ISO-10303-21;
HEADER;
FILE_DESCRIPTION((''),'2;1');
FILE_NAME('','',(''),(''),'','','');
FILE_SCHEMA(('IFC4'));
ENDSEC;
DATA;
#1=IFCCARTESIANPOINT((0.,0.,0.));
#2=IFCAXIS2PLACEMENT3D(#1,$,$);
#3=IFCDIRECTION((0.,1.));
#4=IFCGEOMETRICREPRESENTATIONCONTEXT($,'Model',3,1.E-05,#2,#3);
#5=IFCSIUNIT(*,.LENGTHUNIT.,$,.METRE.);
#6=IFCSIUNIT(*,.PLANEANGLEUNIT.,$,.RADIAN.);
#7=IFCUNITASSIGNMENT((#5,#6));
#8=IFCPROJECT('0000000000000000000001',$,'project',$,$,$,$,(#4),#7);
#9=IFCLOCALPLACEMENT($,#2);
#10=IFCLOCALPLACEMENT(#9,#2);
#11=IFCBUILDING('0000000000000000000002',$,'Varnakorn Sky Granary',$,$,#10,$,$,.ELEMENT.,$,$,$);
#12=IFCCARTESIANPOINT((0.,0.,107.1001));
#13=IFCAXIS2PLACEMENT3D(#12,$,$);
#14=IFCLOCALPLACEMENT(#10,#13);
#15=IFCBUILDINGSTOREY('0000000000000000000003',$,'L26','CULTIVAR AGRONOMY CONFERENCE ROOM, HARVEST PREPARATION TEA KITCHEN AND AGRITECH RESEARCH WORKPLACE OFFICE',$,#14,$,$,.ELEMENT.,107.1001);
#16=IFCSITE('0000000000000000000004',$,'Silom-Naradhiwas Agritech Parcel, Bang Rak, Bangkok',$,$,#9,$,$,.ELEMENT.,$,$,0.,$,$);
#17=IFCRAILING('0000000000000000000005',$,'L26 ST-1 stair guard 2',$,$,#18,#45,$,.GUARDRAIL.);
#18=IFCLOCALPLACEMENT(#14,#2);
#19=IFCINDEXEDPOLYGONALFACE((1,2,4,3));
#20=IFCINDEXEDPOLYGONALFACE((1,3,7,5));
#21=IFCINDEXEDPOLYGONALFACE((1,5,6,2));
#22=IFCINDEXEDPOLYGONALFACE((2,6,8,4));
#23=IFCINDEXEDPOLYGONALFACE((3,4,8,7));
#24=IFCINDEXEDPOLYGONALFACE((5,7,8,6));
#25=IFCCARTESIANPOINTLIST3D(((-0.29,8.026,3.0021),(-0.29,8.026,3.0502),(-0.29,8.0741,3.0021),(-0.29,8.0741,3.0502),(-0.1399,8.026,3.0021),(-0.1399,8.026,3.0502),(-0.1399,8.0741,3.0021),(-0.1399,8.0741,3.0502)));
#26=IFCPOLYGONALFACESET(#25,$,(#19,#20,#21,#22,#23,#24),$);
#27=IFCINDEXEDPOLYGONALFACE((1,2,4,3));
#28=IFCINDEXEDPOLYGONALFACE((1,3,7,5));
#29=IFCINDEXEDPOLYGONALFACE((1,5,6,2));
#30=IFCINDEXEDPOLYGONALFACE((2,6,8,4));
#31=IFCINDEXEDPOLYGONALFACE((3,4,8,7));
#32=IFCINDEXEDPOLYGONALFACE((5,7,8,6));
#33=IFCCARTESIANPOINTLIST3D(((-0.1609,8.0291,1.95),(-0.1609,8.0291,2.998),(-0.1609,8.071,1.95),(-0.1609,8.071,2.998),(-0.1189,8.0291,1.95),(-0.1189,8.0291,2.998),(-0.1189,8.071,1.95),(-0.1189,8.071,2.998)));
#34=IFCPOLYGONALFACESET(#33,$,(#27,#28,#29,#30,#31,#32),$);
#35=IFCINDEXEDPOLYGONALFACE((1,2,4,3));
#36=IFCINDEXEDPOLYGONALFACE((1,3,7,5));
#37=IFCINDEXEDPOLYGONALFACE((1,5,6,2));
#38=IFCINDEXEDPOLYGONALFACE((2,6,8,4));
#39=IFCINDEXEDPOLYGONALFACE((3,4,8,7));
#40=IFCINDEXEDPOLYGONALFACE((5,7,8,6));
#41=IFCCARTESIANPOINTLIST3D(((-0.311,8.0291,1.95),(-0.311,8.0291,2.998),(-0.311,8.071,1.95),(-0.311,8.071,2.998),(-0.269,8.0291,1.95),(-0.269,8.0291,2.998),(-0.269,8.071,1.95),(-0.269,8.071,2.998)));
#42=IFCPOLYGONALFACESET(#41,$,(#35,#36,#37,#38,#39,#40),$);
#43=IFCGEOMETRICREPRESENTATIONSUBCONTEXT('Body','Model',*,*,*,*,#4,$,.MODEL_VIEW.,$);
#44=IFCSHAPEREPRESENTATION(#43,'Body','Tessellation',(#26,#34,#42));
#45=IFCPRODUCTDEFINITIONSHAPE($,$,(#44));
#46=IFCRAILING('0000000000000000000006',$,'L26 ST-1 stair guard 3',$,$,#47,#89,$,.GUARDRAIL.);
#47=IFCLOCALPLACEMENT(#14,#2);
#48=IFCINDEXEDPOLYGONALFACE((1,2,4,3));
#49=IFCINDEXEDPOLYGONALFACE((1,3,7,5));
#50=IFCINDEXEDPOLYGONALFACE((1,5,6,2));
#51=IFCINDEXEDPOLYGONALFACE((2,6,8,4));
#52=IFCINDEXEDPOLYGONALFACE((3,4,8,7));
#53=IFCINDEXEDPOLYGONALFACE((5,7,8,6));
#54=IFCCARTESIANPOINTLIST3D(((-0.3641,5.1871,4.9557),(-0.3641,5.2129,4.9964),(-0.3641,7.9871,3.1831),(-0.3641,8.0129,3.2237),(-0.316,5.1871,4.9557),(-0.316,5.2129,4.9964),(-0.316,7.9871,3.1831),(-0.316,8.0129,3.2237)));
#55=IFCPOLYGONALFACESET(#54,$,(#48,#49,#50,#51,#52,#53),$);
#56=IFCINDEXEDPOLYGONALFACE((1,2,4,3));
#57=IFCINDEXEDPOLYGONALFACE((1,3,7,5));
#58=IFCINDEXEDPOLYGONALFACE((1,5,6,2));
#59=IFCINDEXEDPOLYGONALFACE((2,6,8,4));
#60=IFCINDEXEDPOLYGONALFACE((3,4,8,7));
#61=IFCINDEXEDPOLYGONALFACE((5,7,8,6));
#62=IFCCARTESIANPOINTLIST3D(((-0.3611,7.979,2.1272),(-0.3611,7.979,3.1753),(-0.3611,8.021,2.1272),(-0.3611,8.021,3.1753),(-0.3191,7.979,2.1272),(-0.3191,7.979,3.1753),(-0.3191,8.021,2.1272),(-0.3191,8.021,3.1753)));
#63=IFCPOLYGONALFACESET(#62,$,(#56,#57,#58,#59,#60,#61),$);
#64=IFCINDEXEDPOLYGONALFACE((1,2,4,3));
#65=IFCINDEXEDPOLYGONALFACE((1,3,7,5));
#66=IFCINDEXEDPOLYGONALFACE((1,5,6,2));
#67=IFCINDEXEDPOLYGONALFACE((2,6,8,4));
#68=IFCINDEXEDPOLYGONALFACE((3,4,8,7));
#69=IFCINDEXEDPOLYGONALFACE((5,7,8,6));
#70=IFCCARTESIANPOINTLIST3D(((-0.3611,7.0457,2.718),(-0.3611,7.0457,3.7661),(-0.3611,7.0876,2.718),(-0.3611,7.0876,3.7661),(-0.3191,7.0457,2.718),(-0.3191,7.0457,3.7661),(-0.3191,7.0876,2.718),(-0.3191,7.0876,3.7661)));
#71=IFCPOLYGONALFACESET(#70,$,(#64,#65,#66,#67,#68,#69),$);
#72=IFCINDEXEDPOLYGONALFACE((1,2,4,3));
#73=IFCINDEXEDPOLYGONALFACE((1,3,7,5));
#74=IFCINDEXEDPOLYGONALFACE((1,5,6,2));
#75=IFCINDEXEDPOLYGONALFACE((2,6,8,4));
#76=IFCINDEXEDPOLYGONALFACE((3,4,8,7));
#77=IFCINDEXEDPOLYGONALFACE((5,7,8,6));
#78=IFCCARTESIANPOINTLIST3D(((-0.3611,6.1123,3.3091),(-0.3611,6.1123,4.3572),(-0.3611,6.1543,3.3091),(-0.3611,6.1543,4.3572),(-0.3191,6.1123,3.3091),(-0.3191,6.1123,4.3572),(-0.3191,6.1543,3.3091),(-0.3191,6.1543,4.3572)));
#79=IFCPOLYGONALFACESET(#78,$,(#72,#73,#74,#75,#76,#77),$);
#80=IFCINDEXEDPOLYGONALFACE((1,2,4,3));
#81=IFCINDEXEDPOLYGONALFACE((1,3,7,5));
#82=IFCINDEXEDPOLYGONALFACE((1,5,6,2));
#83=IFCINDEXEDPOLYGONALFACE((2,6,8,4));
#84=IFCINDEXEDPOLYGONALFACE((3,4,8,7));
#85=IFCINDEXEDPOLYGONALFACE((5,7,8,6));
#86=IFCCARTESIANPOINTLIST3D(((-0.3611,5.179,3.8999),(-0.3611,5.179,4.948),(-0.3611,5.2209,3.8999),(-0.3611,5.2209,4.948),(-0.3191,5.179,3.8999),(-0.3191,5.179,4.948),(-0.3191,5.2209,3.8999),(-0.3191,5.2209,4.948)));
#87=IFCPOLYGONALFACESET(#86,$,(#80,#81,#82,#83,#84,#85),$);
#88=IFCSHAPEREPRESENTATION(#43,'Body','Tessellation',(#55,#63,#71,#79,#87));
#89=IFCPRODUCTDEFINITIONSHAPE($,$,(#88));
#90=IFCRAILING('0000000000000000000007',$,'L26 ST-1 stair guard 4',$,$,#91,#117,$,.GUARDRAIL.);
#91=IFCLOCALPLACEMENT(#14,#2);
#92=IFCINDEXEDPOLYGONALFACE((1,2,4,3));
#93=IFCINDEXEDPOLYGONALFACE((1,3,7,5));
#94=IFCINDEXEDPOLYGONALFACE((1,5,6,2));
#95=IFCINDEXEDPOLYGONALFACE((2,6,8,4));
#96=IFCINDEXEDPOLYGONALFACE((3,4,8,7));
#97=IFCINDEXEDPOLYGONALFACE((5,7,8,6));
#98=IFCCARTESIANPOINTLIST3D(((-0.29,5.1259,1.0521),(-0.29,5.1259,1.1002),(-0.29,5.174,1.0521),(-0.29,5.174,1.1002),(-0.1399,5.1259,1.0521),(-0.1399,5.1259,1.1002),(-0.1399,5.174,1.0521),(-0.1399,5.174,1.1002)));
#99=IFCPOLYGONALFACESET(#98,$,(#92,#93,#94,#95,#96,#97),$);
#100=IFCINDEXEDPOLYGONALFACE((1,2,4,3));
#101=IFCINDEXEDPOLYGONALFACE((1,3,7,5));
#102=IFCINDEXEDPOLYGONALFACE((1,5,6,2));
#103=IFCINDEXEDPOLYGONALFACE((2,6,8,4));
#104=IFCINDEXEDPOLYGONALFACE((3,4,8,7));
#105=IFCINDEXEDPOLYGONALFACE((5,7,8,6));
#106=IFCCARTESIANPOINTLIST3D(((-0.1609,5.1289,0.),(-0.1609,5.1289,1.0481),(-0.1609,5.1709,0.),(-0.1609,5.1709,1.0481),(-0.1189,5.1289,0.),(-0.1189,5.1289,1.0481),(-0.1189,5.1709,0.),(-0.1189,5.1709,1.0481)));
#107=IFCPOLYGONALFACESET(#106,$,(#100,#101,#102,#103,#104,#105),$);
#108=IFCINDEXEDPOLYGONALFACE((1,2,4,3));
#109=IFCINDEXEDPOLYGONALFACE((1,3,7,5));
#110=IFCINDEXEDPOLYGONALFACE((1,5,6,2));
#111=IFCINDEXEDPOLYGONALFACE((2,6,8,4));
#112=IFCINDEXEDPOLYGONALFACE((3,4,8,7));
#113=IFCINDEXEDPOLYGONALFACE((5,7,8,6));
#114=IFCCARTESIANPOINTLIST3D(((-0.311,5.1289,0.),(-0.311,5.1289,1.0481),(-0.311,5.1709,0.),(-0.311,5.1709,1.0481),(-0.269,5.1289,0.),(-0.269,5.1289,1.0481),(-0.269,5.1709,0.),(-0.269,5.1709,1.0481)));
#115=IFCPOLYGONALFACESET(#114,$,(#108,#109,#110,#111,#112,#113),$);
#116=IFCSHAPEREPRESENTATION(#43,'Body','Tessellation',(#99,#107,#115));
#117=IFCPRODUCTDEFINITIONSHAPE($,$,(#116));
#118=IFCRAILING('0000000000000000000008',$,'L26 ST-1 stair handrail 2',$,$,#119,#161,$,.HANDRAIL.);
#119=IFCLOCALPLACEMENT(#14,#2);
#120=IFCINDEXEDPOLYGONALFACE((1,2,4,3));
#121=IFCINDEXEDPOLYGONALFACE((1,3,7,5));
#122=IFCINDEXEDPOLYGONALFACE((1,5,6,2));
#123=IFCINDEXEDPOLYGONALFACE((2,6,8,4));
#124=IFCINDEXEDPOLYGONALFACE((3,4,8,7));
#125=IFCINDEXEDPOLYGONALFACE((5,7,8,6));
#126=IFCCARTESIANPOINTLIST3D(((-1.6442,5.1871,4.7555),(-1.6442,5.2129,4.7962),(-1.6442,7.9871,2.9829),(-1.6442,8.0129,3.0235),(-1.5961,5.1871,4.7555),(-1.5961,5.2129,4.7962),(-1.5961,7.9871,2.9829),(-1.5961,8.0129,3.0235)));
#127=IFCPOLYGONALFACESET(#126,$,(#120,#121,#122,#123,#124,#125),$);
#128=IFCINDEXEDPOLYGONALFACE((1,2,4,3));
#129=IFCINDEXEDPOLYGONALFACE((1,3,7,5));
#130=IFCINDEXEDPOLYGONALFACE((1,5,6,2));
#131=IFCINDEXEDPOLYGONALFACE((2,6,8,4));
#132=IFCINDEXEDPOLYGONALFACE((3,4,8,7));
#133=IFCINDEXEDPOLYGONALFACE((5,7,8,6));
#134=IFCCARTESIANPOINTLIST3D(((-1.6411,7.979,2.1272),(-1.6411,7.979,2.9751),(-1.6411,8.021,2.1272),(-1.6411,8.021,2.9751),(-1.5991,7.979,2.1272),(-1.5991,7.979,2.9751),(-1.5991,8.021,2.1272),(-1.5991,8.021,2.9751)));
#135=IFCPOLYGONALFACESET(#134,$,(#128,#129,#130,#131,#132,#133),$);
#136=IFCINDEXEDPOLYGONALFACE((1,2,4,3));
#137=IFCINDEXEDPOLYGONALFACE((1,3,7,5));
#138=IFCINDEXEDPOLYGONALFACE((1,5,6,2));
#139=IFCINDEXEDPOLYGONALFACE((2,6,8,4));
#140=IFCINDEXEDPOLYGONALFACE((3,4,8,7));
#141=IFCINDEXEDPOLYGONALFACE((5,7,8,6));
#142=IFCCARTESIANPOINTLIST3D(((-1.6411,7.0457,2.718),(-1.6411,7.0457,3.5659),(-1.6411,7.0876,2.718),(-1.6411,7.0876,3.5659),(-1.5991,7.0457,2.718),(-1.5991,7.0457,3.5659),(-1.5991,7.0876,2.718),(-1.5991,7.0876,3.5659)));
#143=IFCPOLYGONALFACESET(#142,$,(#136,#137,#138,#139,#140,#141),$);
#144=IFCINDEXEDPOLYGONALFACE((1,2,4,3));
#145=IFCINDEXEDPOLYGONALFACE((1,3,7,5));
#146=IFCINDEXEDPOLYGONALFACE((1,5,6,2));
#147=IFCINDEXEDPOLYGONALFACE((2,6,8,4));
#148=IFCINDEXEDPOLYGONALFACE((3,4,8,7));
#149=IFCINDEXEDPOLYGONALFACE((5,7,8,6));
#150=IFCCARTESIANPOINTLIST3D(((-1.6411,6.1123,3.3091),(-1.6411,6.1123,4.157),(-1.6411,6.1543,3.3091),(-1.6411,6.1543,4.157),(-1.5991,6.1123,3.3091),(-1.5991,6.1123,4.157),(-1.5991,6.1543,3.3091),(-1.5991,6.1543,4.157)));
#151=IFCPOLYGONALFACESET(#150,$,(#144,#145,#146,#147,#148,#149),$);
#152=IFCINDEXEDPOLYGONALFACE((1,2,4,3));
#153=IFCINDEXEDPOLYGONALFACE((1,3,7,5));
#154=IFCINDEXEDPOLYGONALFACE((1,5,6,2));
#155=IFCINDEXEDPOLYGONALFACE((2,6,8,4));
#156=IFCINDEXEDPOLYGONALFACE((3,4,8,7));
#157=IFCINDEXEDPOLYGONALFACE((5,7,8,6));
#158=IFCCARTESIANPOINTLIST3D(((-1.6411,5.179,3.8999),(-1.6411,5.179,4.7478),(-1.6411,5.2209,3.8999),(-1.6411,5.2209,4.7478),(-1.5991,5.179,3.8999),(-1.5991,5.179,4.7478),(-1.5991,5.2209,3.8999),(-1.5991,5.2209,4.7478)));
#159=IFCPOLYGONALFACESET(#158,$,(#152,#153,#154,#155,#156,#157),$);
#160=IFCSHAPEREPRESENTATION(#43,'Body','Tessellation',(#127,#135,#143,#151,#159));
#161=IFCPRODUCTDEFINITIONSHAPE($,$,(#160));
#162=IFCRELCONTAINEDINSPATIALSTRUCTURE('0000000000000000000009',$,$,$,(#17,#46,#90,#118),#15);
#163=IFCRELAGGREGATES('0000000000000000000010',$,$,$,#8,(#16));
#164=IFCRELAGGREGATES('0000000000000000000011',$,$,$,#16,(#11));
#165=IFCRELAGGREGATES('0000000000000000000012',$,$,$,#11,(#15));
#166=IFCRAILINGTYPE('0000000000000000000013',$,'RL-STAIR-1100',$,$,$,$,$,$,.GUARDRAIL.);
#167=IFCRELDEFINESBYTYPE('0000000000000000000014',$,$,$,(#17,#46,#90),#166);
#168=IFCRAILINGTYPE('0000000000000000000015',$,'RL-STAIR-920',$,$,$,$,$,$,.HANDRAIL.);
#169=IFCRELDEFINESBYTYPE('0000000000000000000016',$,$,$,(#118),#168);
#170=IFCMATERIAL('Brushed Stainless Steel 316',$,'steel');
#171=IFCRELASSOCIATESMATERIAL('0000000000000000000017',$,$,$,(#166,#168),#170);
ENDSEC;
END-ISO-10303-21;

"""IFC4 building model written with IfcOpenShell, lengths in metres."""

from ifc_helpers import new_model, si_unit, direction, frame, origin, origin_2d, place, context, subcontext, project, spatial, rectangle, extrude, material, type_object, element, save


model = new_model("IFC4")

# Units and contexts
model_context = context("Model", 3, precision=1e-05, world=origin(), true_north=direction((0.0, 1.0)))
body_context = subcontext(model_context, "Body", "Model", "MODEL_VIEW")
ifc_project = project(units=[si_unit("LENGTHUNIT", "METRE"), si_unit("PLANEANGLEUNIT", "RADIAN")], contexts=[model_context])

# Site, building, storey
site_placement = place(None, origin())
site = spatial("IfcSite", under=ifc_project, at=site_placement, Name="Silom-Naradhiwas Agritech Parcel, Bang Rak, Bangkok", CompositionType="ELEMENT", RefElevation=0.0)
building_placement = place(site_placement, origin())
building = spatial("IfcBuilding", under=site, at=building_placement, Name="Varnakorn Sky Granary", CompositionType="ELEMENT")
storey_placement = place(building_placement, frame((0.0, 0.0, 107.1001)))
storey = spatial("IfcBuildingStorey", under=building, at=storey_placement, Name="L26", Description="CULTIVAR AGRONOMY CONFERENCE ROOM, HARVEST PREPARATION TEA KITCHEN AND AGRITECH RESEARCH WORKPLACE OFFICE", CompositionType="ELEMENT", Elevation=107.1001)

# Railings
ifc_material_1 = material(Name="Brushed Stainless Steel 316", Category="steel")
railing_type_1 = type_object("IfcRailingType", Name="RL-STAIR-1100", PredefinedType="GUARDRAIL", material=ifc_material_1)
railing_1_placement = place(storey_placement, frame((-0.1399, 8.05, 1.95)))
element("IfcRailing", 1, at=railing_1_placement, inside=storey, type_object=railing_type_1, Name="L26 ST-1 stair guard 2", PredefinedType="GUARDRAIL", context=body_context, shape_type="SweptSolid", body=[
    extrude(rectangle(XDim=0.0481, YDim=0.0481, at=origin_2d()), frame((0.0, 0.0, 1.0762), z_axis=(-1.0, 0.0, 0.0), x_axis=(0.0, -1.0, 0.0)), (0.0, 0.0, 1.0), 0.1501),
    extrude(rectangle(XDim=0.042, YDim=0.042, at=origin_2d()), origin(), (0.0, 0.0, 1.0), 1.0481),
    extrude(rectangle(XDim=0.042, YDim=0.042, at=origin_2d()), frame((-0.1501, 0.0, 0.0)), (0.0, 0.0, 1.0), 1.0481),
])
railing_2_placement = place(storey_placement, frame((-0.3401, 8.0, 2.1272)))
element("IfcRailing", 2, at=railing_2_placement, inside=storey, type_object=railing_type_1, Name="L26 ST-1 stair guard 3", PredefinedType="GUARDRAIL", context=body_context, shape_type="SweptSolid", body=[
    extrude(rectangle(XDim=0.0481, YDim=0.0481, at=origin_2d()), frame((0.0, 0.0, 1.0762), z_axis=(0.0, -0.844909, 0.53491), x_axis=(1.0, 0.0, 0.0)), (0.0, 0.0, 1.0), 3.314),
    extrude(rectangle(XDim=0.042, YDim=0.042, at=origin_2d()), origin(), (0.0, 0.0, 1.0), 1.0481),
    extrude(rectangle(XDim=0.042, YDim=0.042, at=origin_2d()), frame((0.0, -0.9333, 0.5908)), (0.0, 0.0, 1.0), 1.0481),
    extrude(rectangle(XDim=0.042, YDim=0.042, at=origin_2d()), frame((0.0, -1.8667, 1.1819)), (0.0, 0.0, 1.0), 1.0481),
    extrude(rectangle(XDim=0.042, YDim=0.042, at=origin_2d()), frame((0.0, -2.8, 1.7727)), (0.0, 0.0, 1.0), 1.0481),
])
railing_3_placement = place(storey_placement, frame((-0.1399, 5.1499, 0.0)))
element("IfcRailing", 3, at=railing_3_placement, inside=storey, type_object=railing_type_1, Name="L26 ST-1 stair guard 4", PredefinedType="GUARDRAIL", context=body_context, shape_type="SweptSolid", body=[
    extrude(rectangle(XDim=0.0481, YDim=0.0481, at=origin_2d()), frame((0.0, 0.0, 1.0762), z_axis=(-1.0, 0.0, 0.0), x_axis=(0.0, -1.0, 0.0)), (0.0, 0.0, 1.0), 0.1501),
    extrude(rectangle(XDim=0.042, YDim=0.042, at=origin_2d()), origin(), (0.0, 0.0, 1.0), 1.0481),
    extrude(rectangle(XDim=0.042, YDim=0.042, at=origin_2d()), frame((-0.1501, 0.0, 0.0)), (0.0, 0.0, 1.0), 1.0481),
])
railing_type_2 = type_object("IfcRailingType", Name="RL-STAIR-920", PredefinedType="HANDRAIL", material=ifc_material_1)
railing_4_placement = place(storey_placement, frame((-1.6201, 8.0, 2.1272)))
element("IfcRailing", 4, at=railing_4_placement, inside=storey, type_object=railing_type_2, Name="L26 ST-1 stair handrail 2", PredefinedType="HANDRAIL", context=body_context, shape_type="SweptSolid", body=[
    extrude(rectangle(XDim=0.0481, YDim=0.0481, at=origin_2d()), frame((0.0, 0.0, 0.876), z_axis=(0.0, -0.844909, 0.53491), x_axis=(1.0, 0.0, 0.0)), (0.0, 0.0, 1.0), 3.314),
    extrude(rectangle(XDim=0.042, YDim=0.042, at=origin_2d()), origin(), (0.0, 0.0, 1.0), 0.8479),
    extrude(rectangle(XDim=0.042, YDim=0.042, at=origin_2d()), frame((0.0, -0.9333, 0.5908)), (0.0, 0.0, 1.0), 0.8479),
    extrude(rectangle(XDim=0.042, YDim=0.042, at=origin_2d()), frame((0.0, -1.8667, 1.1819)), (0.0, 0.0, 1.0), 0.8479),
    extrude(rectangle(XDim=0.042, YDim=0.042, at=origin_2d()), frame((0.0, -2.8, 1.7727)), (0.0, 0.0, 1.0), 0.8479),
])

save(model, "model.ifc")
